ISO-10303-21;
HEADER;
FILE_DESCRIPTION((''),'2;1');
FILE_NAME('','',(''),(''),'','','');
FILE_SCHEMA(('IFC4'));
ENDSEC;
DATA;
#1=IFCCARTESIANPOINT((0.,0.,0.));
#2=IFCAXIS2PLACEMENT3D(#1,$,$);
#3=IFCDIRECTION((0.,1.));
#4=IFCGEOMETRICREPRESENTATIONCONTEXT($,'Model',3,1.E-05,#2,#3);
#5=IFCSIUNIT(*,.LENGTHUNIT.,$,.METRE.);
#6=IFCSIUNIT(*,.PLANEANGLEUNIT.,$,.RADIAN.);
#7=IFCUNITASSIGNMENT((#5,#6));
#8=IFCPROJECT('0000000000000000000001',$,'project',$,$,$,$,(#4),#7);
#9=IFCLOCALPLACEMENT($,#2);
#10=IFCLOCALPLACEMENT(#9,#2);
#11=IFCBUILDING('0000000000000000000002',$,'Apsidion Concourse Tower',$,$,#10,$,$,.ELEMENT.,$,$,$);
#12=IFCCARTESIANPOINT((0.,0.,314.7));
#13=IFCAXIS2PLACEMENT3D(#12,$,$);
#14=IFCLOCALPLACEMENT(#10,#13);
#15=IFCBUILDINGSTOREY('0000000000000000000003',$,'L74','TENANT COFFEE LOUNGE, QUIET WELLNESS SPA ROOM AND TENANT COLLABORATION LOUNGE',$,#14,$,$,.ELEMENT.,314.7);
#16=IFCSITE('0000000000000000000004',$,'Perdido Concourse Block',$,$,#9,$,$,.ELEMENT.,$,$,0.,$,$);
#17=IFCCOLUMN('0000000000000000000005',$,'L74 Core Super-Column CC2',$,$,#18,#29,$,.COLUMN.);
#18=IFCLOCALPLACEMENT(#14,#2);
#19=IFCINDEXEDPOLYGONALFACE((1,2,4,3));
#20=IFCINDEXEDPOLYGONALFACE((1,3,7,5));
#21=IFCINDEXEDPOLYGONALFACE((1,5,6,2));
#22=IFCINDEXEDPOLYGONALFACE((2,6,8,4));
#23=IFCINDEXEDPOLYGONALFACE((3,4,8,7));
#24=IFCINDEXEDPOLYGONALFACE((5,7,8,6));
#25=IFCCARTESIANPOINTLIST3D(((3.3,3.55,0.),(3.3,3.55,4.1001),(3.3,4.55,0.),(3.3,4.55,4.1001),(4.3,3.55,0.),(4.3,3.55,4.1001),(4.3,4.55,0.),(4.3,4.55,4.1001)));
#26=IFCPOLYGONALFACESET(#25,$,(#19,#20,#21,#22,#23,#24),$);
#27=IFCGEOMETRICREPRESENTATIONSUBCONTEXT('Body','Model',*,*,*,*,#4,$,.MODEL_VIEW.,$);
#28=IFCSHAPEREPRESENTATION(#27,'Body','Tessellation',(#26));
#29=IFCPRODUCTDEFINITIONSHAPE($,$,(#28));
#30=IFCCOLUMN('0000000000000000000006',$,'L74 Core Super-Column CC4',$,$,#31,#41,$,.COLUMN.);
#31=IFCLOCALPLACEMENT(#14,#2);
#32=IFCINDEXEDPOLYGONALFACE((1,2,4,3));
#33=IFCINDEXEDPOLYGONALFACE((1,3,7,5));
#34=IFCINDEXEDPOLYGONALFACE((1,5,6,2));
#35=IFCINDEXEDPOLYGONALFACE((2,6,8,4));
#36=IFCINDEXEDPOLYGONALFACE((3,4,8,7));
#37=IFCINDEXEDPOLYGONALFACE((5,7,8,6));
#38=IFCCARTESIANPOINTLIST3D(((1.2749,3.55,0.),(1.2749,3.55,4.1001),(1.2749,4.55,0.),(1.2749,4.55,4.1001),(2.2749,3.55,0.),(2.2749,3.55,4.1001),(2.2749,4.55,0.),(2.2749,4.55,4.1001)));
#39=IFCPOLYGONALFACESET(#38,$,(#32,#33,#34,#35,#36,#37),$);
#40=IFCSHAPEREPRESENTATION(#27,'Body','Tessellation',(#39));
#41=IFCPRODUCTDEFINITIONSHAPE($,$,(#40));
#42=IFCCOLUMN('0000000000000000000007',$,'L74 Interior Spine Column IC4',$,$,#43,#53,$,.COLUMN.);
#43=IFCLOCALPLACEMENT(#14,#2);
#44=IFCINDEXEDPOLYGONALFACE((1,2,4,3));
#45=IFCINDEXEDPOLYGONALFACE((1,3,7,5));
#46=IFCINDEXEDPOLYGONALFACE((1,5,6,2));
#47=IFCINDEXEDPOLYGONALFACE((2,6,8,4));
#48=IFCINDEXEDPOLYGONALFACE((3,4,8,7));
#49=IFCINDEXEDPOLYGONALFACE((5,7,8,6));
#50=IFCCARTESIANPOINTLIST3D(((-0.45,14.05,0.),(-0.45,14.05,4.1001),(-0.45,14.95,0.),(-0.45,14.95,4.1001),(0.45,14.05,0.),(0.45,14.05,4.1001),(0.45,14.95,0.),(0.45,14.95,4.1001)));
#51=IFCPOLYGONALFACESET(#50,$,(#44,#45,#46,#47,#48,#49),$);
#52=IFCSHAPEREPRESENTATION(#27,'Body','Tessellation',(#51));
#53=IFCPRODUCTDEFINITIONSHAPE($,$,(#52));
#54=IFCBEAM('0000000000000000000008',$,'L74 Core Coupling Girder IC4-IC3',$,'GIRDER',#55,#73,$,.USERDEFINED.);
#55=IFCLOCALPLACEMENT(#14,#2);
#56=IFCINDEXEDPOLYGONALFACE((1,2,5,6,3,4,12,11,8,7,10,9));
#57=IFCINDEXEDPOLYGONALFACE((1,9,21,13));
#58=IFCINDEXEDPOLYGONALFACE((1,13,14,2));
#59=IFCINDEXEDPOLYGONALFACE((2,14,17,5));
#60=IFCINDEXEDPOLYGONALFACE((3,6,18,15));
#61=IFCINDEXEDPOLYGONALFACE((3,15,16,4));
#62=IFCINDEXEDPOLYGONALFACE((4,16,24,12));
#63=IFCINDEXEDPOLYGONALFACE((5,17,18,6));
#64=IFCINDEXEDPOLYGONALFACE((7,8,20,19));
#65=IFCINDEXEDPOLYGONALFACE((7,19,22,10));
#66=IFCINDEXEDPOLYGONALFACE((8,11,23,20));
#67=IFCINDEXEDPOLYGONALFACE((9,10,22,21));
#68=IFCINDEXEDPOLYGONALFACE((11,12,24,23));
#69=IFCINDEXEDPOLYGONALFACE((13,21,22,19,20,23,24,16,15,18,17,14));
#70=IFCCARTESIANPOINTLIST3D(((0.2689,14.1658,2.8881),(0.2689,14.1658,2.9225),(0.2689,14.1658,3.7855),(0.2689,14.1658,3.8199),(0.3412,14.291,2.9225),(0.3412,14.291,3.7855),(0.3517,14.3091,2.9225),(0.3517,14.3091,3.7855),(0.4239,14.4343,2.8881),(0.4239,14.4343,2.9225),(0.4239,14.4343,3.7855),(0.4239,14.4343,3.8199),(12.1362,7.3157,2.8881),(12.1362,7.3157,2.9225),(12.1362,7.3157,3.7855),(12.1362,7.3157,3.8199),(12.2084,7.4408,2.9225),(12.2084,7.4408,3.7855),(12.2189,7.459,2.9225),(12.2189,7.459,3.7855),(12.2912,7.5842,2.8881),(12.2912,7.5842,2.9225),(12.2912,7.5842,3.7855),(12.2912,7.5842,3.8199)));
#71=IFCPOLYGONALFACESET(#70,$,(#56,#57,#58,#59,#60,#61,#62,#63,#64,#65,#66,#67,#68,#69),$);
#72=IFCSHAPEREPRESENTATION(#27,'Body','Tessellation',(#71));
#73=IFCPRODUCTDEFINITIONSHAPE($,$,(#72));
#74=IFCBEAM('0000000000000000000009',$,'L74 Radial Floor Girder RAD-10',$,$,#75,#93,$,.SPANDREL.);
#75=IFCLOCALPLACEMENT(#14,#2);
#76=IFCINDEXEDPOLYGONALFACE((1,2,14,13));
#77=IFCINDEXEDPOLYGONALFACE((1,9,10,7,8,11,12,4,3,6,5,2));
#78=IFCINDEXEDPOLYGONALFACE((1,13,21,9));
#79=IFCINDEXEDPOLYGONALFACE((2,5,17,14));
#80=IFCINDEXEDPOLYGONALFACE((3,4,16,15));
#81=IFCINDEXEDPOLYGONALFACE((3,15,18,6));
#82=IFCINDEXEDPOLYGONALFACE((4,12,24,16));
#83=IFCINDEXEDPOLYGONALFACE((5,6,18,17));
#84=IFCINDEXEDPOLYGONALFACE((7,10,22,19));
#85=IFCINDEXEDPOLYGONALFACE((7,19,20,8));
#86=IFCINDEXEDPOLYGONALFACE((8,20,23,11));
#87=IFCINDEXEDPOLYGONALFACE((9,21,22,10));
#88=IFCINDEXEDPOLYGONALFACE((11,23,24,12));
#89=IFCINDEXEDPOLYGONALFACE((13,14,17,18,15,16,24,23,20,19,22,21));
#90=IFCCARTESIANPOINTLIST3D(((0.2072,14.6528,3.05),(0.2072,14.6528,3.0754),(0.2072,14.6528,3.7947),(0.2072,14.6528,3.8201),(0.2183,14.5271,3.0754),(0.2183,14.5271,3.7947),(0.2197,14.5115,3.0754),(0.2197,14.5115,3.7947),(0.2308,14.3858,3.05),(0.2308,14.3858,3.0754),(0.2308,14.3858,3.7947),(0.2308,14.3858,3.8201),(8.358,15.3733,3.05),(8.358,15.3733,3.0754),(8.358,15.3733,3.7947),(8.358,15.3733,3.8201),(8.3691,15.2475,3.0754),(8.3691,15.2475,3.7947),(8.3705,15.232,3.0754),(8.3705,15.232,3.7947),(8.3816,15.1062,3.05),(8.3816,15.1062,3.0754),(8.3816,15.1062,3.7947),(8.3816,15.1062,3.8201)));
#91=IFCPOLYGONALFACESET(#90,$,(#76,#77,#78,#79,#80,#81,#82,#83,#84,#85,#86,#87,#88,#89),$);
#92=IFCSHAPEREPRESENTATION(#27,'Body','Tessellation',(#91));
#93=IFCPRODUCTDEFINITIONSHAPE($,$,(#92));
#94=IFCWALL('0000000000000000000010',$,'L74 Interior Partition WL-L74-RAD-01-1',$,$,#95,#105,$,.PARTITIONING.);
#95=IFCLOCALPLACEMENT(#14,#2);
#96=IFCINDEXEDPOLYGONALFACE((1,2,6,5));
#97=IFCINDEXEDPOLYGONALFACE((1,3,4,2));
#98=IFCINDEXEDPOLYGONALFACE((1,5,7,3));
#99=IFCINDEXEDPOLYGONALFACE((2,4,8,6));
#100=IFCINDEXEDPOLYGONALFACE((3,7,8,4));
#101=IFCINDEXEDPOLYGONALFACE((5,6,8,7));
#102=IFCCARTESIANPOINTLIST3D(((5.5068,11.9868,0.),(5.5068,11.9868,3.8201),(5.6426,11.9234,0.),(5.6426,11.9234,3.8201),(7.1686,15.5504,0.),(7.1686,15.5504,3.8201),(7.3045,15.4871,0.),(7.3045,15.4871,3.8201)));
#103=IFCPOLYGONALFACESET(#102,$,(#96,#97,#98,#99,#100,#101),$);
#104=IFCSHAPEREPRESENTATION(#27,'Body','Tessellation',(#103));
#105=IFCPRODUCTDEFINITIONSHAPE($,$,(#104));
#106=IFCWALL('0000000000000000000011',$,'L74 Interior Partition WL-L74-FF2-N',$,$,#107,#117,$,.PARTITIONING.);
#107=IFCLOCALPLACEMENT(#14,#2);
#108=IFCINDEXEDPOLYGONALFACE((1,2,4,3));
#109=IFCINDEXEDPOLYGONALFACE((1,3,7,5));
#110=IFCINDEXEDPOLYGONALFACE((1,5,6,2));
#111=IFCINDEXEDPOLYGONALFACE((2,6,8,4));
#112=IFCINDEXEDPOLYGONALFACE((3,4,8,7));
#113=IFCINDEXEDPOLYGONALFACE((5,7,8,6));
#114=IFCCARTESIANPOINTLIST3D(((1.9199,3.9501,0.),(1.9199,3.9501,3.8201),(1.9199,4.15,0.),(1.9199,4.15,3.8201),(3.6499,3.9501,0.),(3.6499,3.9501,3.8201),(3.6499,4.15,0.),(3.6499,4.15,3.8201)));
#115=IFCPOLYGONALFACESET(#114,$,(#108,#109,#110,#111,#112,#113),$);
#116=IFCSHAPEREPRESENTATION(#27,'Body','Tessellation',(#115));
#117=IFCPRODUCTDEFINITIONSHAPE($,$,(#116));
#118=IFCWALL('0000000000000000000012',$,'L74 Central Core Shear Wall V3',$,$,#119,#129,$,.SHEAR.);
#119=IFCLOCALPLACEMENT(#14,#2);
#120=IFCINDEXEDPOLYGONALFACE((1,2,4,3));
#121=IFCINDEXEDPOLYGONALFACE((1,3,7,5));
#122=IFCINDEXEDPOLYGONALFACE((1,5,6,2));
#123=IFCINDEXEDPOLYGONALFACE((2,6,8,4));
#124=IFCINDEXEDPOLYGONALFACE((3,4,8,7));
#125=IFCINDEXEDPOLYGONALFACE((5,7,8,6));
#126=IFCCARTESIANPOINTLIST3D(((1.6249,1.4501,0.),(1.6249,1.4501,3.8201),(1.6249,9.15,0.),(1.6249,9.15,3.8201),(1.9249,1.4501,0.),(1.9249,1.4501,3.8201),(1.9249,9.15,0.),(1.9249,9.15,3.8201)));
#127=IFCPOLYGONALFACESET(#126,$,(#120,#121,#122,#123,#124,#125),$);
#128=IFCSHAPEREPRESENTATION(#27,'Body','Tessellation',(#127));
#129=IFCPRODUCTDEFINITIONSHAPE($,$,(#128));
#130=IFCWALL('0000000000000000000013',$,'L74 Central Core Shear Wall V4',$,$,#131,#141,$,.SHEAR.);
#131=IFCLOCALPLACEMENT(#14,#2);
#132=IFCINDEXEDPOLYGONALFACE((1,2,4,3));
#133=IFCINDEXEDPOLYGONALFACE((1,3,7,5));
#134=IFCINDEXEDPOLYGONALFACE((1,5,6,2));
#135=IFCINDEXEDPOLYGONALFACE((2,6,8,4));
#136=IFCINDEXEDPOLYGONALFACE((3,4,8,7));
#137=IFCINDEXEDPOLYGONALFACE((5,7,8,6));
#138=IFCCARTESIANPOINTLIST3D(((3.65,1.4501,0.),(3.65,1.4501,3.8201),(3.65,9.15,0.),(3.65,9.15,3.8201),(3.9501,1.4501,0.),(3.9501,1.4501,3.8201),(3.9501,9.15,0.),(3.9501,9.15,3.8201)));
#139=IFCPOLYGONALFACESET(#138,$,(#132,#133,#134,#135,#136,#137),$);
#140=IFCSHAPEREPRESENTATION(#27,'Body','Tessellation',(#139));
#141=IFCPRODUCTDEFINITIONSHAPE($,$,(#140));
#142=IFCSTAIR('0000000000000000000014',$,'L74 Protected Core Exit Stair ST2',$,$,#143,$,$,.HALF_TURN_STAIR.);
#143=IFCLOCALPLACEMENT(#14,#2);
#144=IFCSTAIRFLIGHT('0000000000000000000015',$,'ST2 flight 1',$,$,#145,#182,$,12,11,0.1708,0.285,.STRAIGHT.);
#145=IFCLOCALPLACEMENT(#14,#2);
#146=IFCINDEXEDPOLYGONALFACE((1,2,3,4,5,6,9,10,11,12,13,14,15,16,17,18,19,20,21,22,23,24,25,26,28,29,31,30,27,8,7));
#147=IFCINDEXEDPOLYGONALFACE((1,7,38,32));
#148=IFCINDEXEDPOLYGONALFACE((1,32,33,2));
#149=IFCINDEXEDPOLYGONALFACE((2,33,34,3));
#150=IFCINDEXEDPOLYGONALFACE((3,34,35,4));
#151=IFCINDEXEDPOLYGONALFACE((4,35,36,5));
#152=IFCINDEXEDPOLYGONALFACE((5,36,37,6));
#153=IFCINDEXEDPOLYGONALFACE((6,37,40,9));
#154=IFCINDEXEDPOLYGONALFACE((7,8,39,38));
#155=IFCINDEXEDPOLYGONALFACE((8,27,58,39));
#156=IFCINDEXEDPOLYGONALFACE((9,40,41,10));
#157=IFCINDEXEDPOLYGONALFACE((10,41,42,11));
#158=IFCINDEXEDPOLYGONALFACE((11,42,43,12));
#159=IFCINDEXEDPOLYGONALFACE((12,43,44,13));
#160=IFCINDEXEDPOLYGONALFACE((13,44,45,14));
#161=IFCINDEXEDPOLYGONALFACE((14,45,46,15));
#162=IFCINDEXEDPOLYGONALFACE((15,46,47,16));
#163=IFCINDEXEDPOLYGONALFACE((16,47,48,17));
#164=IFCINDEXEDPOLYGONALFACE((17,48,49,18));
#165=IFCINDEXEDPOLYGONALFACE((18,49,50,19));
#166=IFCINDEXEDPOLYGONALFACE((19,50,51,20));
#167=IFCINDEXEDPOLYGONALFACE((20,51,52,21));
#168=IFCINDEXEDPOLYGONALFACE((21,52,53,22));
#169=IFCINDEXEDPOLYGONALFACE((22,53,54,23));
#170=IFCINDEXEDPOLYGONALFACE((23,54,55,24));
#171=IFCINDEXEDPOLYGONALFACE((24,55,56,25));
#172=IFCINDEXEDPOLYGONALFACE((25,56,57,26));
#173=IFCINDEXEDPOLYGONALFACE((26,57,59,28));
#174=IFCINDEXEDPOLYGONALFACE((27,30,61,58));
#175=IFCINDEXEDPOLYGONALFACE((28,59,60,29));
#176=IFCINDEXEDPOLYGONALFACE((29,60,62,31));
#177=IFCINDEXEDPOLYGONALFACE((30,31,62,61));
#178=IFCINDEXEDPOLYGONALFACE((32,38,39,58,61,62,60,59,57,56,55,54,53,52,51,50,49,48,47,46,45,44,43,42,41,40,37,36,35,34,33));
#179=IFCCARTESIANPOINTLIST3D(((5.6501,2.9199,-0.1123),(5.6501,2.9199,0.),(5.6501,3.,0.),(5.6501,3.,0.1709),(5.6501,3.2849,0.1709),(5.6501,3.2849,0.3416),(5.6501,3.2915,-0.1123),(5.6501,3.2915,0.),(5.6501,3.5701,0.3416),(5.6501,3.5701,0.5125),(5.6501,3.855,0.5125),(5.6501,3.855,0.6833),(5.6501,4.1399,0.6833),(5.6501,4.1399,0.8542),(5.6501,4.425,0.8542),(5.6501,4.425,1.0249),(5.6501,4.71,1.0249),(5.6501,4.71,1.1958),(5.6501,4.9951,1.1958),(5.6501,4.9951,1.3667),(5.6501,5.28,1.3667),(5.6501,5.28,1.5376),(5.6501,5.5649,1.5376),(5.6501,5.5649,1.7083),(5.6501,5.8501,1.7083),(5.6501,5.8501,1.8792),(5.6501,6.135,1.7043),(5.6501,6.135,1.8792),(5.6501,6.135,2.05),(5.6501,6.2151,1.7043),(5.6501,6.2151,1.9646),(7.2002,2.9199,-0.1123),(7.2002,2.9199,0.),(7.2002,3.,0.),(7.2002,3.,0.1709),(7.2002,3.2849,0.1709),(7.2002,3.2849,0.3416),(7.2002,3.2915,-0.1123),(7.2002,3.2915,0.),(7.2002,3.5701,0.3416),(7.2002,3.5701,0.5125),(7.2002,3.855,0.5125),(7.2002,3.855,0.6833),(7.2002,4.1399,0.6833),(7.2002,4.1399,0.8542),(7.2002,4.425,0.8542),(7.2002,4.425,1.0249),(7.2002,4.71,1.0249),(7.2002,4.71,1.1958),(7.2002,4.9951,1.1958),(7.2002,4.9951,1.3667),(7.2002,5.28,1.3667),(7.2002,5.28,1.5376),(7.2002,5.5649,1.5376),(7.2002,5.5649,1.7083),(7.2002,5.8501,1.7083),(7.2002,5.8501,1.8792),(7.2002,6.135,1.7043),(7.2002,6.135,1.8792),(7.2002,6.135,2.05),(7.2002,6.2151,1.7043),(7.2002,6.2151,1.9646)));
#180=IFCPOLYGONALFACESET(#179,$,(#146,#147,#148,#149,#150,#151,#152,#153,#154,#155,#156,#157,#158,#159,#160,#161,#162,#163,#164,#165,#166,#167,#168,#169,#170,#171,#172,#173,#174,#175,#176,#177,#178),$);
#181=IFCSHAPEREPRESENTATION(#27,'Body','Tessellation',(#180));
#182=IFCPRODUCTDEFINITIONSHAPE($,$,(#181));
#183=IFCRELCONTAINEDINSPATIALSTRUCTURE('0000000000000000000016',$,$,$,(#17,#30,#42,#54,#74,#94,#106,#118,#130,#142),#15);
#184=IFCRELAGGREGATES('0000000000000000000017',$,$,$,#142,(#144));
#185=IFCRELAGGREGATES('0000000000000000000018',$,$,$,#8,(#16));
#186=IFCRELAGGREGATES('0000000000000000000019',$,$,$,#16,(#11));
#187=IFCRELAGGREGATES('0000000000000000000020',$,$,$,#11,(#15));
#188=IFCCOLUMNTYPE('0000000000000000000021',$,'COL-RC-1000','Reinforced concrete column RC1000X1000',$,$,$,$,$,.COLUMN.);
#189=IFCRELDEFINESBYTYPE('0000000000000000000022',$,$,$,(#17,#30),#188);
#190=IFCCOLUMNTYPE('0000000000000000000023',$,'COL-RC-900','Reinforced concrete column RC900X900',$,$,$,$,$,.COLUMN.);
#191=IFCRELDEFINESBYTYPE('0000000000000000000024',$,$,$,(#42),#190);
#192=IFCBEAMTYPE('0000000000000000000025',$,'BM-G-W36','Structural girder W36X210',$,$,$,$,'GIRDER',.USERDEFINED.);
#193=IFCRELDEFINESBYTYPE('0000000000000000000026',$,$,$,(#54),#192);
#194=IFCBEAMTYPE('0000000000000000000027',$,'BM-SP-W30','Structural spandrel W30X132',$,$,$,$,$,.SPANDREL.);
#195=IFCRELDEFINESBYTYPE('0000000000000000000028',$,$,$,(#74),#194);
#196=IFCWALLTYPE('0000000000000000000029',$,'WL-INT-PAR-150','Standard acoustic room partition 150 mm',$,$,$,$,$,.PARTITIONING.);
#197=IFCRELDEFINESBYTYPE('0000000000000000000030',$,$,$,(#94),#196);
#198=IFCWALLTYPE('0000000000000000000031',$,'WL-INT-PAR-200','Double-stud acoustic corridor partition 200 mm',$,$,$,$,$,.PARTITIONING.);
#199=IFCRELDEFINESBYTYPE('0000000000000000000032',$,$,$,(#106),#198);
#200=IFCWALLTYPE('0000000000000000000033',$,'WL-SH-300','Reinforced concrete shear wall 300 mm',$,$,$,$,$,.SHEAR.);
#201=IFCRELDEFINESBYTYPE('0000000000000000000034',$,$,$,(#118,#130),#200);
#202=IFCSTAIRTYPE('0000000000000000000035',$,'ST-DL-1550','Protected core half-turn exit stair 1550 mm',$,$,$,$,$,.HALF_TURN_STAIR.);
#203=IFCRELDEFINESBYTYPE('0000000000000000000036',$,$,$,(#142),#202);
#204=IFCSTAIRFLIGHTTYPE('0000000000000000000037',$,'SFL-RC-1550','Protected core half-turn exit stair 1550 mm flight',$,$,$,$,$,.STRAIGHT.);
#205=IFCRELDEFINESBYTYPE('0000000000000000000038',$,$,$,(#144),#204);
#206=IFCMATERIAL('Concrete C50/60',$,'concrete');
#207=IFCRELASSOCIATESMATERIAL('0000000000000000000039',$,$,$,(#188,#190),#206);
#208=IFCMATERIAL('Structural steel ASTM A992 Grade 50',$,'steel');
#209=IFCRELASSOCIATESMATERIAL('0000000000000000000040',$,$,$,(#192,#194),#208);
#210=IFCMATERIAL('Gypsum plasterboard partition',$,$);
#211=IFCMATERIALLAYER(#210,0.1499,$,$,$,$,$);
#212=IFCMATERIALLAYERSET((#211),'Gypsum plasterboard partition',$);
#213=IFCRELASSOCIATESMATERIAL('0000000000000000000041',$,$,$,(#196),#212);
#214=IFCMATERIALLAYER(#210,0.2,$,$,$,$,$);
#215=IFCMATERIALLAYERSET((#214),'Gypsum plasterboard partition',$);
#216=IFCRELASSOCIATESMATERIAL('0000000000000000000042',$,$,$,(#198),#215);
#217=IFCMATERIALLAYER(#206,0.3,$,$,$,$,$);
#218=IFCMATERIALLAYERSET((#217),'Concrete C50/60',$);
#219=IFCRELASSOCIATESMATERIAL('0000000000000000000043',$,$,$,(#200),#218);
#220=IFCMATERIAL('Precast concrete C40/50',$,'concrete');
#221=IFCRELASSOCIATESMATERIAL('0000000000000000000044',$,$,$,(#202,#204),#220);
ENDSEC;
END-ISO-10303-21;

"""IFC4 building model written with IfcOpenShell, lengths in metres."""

from ifc_helpers import new_model, si_unit, direction, frame, frame_2d, origin, origin_2d, place, context, subcontext, project, spatial, polyline, rectangle, i_section, outline, extrude, material, layer, layer_set, material_profile, profile_set, type_object, element, aggregate, save


model = new_model("IFC4")

# Units and contexts
model_context = context("Model", 3, precision=1e-05, world=origin(), true_north=direction((0.0, 1.0)))
body_context = subcontext(model_context, "Body", "Model", "MODEL_VIEW")
ifc_project = project(units=[si_unit("LENGTHUNIT", "METRE"), si_unit("PLANEANGLEUNIT", "RADIAN")], contexts=[model_context])

# Site, building, storey
site_placement = place(None, origin())
site = spatial("IfcSite", under=ifc_project, at=site_placement, Name="Perdido Concourse Block", CompositionType="ELEMENT", RefElevation=0.0)
building_placement = place(site_placement, origin())
building = spatial("IfcBuilding", under=site, at=building_placement, Name="Apsidion Concourse Tower", CompositionType="ELEMENT")
storey_placement = place(building_placement, frame((0.0, 0.0, 314.7)))
storey = spatial("IfcBuildingStorey", under=building, at=storey_placement, Name="L74", Description="TENANT COFFEE LOUNGE, QUIET WELLNESS SPA ROOM AND TENANT COLLABORATION LOUNGE", CompositionType="ELEMENT", Elevation=314.7)

# Columns
ifc_material_1 = material(Name="Concrete C50/60", Category="concrete")
ifc_material_profile_1 = material_profile(ifc_material_1, rectangle(XDim=1.0, YDim=1.0, at=origin_2d()), Name="RC 1000x1000")
ifc_profile_set_1 = profile_set([ifc_material_profile_1], Name="Concrete C50/60")
column_type_1 = type_object("IfcColumnType", Name="COL-RC-1000", Description="Reinforced concrete column RC1000X1000", PredefinedType="COLUMN", material=ifc_profile_set_1)
for number, where, z_axis, x_axis, name in (
    (1, (3.8, 4.05, 0.0), (0.0, 0.0, 1.0), (1.0, 0.0, 0.0), "L74 Core Super-Column CC2"),
    (2, (1.7749, 4.05, 0.0), (0.0, 0.0, 1.0), (1.0, 0.0, 0.0), "L74 Core Super-Column CC4"),
):
    element("IfcColumn", number, at=place(storey_placement, frame(where, z_axis=z_axis, x_axis=x_axis)), inside=storey, type_object=column_type_1, Name=name, PredefinedType="COLUMN", context=body_context, shape_type="SweptSolid", body=[
        extrude(rectangle(XDim=1.0, YDim=1.0, at=origin_2d()), origin(), (0.0, 0.0, 1.0), 4.1001),
    ])
ifc_material_profile_2 = material_profile(ifc_material_1, rectangle(XDim=0.8999, YDim=0.8999, at=origin_2d()), Name="RC 900x900")
ifc_profile_set_2 = profile_set([ifc_material_profile_2], Name="Concrete C50/60")
column_type_2 = type_object("IfcColumnType", Name="COL-RC-900", Description="Reinforced concrete column RC900X900", PredefinedType="COLUMN", material=ifc_profile_set_2)
column_placement = place(storey_placement, frame((0.0, 14.5, 0.0), z_axis=(0.0, 0.0, 1.0), x_axis=(1.0, 0.0, 0.0)))
element("IfcColumn", 3, at=column_placement, inside=storey, type_object=column_type_2, Name="L74 Interior Spine Column IC4", PredefinedType="COLUMN", context=body_context, shape_type="SweptSolid", body=[
    extrude(rectangle(XDim=0.8999, YDim=0.8999, at=origin_2d()), origin(), (0.0, 0.0, 1.0), 4.1001),
])

# Beams
ifc_material_2 = material(Name="Structural steel ASTM A992 Grade 50", Category="steel")
ifc_material_profile_3 = material_profile(ifc_material_2, i_section(OverallWidth=0.3101, OverallDepth=0.9319, WebThickness=0.021, FlangeThickness=0.0344, at=origin_2d()), Name="W36X210")
ifc_profile_set_3 = profile_set([ifc_material_profile_3], Name="Structural steel ASTM A992 Grade 50")
beam_type_1 = type_object("IfcBeamType", Name="BM-G-W36", Description="Structural girder W36X210", ElementType="GIRDER", PredefinedType="USERDEFINED", material=ifc_profile_set_3)
beam_1_placement = place(storey_placement, frame((0.3464, 14.3, 3.354), z_axis=(0.86607, -0.499922, 0.0), x_axis=(0.499922, 0.86607, 0.0)))
element("IfcBeam", 4, at=beam_1_placement, inside=storey, type_object=beam_type_1, Name="L74 Core Coupling Girder IC4-IC3", ObjectType="GIRDER", PredefinedType="USERDEFINED", context=body_context, shape_type="SweptSolid", body=[
    extrude(i_section(OverallWidth=0.3101, OverallDepth=0.9319, WebThickness=0.021, FlangeThickness=0.0344, at=origin_2d()), origin(), (0.0, 0.0, 1.0), 13.7024),
])
ifc_material_profile_4 = material_profile(ifc_material_2, i_section(OverallWidth=0.2681, OverallDepth=0.77, WebThickness=0.0156, FlangeThickness=0.0254, at=origin_2d()), Name="W30X132")
ifc_profile_set_4 = profile_set([ifc_material_profile_4], Name="Structural steel ASTM A992 Grade 50")
beam_type_2 = type_object("IfcBeamType", Name="BM-SP-W30", Description="Structural spandrel W30X132", PredefinedType="SPANDREL", material=ifc_profile_set_4)
beam_2_placement = place(storey_placement, frame((0.219, 14.5193, 3.4351), z_axis=(0.996116, 0.088047, 0.0), x_axis=(-0.088047, 0.996116, 0.0)))
element("IfcBeam", 5, at=beam_2_placement, inside=storey, type_object=beam_type_2, Name="L74 Radial Floor Girder RAD-10", PredefinedType="SPANDREL", context=body_context, shape_type="SweptSolid", body=[
    extrude(i_section(OverallWidth=0.2681, OverallDepth=0.77, WebThickness=0.0156, FlangeThickness=0.0254, at=origin_2d()), origin(), (0.0, 0.0, 1.0), 8.1826),
])

# Walls
ifc_material_3 = material(Name="Gypsum plasterboard partition")
ifc_layer_1 = layer(ifc_material_3, 0.1499)
ifc_layer_set_1 = layer_set([ifc_layer_1], Name="Gypsum plasterboard partition")
wall_type_1 = type_object("IfcWallType", Name="WL-INT-PAR-150", Description="Standard acoustic room partition 150 mm", PredefinedType="PARTITIONING", material=ifc_layer_set_1)
wall_1_placement = place(storey_placement, frame((5.5747, 11.9551, 0.0), z_axis=(0.0, 0.0, 1.0), x_axis=(0.422634, 0.9063, 0.0)))
element("IfcWall", 6, at=wall_1_placement, inside=storey, type_object=wall_type_1, Name="L74 Interior Partition WL-L74-RAD-01-1", PredefinedType="PARTITIONING", context=body_context, shape_type="SweptSolid", body=[
    extrude(rectangle(XDim=3.9321, YDim=0.1499, at=frame_2d((1.9661, 0.0))), origin(), (0.0, 0.0, 1.0), 3.8201),
])
ifc_layer_2 = layer(ifc_material_3, 0.2)
ifc_layer_set_2 = layer_set([ifc_layer_2], Name="Gypsum plasterboard partition")
wall_type_2 = type_object("IfcWallType", Name="WL-INT-PAR-200", Description="Double-stud acoustic corridor partition 200 mm", PredefinedType="PARTITIONING", material=ifc_layer_set_2)
wall_2_placement = place(storey_placement, frame((1.9199, 4.05, 0.0), z_axis=(0.0, 0.0, 1.0), x_axis=(1.0, 0.0, 0.0)))
element("IfcWall", 7, at=wall_2_placement, inside=storey, type_object=wall_type_2, Name="L74 Interior Partition WL-L74-FF2-N", PredefinedType="PARTITIONING", context=body_context, shape_type="SweptSolid", body=[
    extrude(rectangle(XDim=1.73, YDim=0.2, at=frame_2d((0.865, 0.0))), origin(), (0.0, 0.0, 1.0), 3.8201),
])
ifc_layer_3 = layer(ifc_material_1, 0.3)
ifc_layer_set_3 = layer_set([ifc_layer_3], Name="Concrete C50/60")
wall_type_3 = type_object("IfcWallType", Name="WL-SH-300", Description="Reinforced concrete shear wall 300 mm", PredefinedType="SHEAR", material=ifc_layer_set_3)
for number, where, z_axis, x_axis, name in (
    (8, (1.7749, 1.45, 0.0), (0.0, 0.0, 1.0), (0.0, 1.0, 0.0), "L74 Central Core Shear Wall V3"),
    (9, (3.8, 1.45, 0.0), (0.0, 0.0, 1.0), (0.0, 1.0, 0.0), "L74 Central Core Shear Wall V4"),
):
    element("IfcWall", number, at=place(storey_placement, frame(where, z_axis=z_axis, x_axis=x_axis)), inside=storey, type_object=wall_type_3, Name=name, PredefinedType="SHEAR", context=body_context, shape_type="SweptSolid", body=[
        extrude(rectangle(XDim=7.7, YDim=0.3, at=frame_2d((3.8501, 0.0))), origin(), (0.0, 0.0, 1.0), 3.8201),
    ])

# Stair, stair flight
ifc_material_4 = material(Name="Precast concrete C40/50", Category="concrete")
stair_type = type_object("IfcStairType", Name="ST-DL-1550", Description="Protected core half-turn exit stair 1550 mm", PredefinedType="HALF_TURN_STAIR", material=ifc_material_4)
stair_1_placement = place(storey_placement, origin())
stair_1 = element("IfcStair", 10, at=stair_1_placement, inside=storey, type_object=stair_type, Name="L74 Protected Core Exit Stair ST2", PredefinedType="HALF_TURN_STAIR")
stair_flight_type = type_object("IfcStairFlightType", Name="SFL-RC-1550", Description="Protected core half-turn exit stair 1550 mm flight", PredefinedType="STRAIGHT", material=ifc_material_4)
stair_flight_1_placement = place(storey_placement, frame((6.425, 3.0, 0.0), z_axis=(0.0, 0.0, 1.0), x_axis=(0.0, 1.0, 0.0)))
stair_flight_1 = element("IfcStairFlight", 11, at=stair_flight_1_placement, type_object=stair_flight_type, Name="ST2 flight 1", NumberOfRisers=12, NumberOfTreads=11, PredefinedType="STRAIGHT", RiserHeight=0.1708, TreadLength=0.285, context=body_context, shape_type="SweptSolid", body=[
    extrude(outline(polyline([(-0.0801, -0.1123), (-0.0801, 0.0), (0.0, 0.0), (0.0, 0.1709), (0.2849, 0.1709), (0.2849, 0.3416), (0.5701, 0.3416), (0.5701, 0.5125), (0.855, 0.5125), (0.855, 0.6833), (1.1399, 0.6833), (1.1399, 0.8542), (1.425, 0.8542), (1.425, 1.0249), (1.71, 1.0249), (1.71, 1.1958), (1.9951, 1.1958), (1.9951, 1.3667), (2.28, 1.3667), (2.28, 1.5376), (2.5649, 1.5376), (2.5649, 1.7083), (2.8501, 1.7083), (2.8501, 1.8792), (3.135, 1.8792), (3.135, 2.05), (3.2151, 1.9646), (3.2151, 1.7043), (3.135, 1.7043), (0.2915, 0.0), (0.2915, -0.1123), (-0.0801, -0.1123)])), frame((0.0, 0.7749, 0.0), z_axis=(0.0, -1.0, 0.0), x_axis=(1.0, 0.0, 0.0)), (0.0, 0.0, 1.0), 1.55),
])
aggregate(stair_1, [stair_flight_1])

save(model, "model.ifc")
